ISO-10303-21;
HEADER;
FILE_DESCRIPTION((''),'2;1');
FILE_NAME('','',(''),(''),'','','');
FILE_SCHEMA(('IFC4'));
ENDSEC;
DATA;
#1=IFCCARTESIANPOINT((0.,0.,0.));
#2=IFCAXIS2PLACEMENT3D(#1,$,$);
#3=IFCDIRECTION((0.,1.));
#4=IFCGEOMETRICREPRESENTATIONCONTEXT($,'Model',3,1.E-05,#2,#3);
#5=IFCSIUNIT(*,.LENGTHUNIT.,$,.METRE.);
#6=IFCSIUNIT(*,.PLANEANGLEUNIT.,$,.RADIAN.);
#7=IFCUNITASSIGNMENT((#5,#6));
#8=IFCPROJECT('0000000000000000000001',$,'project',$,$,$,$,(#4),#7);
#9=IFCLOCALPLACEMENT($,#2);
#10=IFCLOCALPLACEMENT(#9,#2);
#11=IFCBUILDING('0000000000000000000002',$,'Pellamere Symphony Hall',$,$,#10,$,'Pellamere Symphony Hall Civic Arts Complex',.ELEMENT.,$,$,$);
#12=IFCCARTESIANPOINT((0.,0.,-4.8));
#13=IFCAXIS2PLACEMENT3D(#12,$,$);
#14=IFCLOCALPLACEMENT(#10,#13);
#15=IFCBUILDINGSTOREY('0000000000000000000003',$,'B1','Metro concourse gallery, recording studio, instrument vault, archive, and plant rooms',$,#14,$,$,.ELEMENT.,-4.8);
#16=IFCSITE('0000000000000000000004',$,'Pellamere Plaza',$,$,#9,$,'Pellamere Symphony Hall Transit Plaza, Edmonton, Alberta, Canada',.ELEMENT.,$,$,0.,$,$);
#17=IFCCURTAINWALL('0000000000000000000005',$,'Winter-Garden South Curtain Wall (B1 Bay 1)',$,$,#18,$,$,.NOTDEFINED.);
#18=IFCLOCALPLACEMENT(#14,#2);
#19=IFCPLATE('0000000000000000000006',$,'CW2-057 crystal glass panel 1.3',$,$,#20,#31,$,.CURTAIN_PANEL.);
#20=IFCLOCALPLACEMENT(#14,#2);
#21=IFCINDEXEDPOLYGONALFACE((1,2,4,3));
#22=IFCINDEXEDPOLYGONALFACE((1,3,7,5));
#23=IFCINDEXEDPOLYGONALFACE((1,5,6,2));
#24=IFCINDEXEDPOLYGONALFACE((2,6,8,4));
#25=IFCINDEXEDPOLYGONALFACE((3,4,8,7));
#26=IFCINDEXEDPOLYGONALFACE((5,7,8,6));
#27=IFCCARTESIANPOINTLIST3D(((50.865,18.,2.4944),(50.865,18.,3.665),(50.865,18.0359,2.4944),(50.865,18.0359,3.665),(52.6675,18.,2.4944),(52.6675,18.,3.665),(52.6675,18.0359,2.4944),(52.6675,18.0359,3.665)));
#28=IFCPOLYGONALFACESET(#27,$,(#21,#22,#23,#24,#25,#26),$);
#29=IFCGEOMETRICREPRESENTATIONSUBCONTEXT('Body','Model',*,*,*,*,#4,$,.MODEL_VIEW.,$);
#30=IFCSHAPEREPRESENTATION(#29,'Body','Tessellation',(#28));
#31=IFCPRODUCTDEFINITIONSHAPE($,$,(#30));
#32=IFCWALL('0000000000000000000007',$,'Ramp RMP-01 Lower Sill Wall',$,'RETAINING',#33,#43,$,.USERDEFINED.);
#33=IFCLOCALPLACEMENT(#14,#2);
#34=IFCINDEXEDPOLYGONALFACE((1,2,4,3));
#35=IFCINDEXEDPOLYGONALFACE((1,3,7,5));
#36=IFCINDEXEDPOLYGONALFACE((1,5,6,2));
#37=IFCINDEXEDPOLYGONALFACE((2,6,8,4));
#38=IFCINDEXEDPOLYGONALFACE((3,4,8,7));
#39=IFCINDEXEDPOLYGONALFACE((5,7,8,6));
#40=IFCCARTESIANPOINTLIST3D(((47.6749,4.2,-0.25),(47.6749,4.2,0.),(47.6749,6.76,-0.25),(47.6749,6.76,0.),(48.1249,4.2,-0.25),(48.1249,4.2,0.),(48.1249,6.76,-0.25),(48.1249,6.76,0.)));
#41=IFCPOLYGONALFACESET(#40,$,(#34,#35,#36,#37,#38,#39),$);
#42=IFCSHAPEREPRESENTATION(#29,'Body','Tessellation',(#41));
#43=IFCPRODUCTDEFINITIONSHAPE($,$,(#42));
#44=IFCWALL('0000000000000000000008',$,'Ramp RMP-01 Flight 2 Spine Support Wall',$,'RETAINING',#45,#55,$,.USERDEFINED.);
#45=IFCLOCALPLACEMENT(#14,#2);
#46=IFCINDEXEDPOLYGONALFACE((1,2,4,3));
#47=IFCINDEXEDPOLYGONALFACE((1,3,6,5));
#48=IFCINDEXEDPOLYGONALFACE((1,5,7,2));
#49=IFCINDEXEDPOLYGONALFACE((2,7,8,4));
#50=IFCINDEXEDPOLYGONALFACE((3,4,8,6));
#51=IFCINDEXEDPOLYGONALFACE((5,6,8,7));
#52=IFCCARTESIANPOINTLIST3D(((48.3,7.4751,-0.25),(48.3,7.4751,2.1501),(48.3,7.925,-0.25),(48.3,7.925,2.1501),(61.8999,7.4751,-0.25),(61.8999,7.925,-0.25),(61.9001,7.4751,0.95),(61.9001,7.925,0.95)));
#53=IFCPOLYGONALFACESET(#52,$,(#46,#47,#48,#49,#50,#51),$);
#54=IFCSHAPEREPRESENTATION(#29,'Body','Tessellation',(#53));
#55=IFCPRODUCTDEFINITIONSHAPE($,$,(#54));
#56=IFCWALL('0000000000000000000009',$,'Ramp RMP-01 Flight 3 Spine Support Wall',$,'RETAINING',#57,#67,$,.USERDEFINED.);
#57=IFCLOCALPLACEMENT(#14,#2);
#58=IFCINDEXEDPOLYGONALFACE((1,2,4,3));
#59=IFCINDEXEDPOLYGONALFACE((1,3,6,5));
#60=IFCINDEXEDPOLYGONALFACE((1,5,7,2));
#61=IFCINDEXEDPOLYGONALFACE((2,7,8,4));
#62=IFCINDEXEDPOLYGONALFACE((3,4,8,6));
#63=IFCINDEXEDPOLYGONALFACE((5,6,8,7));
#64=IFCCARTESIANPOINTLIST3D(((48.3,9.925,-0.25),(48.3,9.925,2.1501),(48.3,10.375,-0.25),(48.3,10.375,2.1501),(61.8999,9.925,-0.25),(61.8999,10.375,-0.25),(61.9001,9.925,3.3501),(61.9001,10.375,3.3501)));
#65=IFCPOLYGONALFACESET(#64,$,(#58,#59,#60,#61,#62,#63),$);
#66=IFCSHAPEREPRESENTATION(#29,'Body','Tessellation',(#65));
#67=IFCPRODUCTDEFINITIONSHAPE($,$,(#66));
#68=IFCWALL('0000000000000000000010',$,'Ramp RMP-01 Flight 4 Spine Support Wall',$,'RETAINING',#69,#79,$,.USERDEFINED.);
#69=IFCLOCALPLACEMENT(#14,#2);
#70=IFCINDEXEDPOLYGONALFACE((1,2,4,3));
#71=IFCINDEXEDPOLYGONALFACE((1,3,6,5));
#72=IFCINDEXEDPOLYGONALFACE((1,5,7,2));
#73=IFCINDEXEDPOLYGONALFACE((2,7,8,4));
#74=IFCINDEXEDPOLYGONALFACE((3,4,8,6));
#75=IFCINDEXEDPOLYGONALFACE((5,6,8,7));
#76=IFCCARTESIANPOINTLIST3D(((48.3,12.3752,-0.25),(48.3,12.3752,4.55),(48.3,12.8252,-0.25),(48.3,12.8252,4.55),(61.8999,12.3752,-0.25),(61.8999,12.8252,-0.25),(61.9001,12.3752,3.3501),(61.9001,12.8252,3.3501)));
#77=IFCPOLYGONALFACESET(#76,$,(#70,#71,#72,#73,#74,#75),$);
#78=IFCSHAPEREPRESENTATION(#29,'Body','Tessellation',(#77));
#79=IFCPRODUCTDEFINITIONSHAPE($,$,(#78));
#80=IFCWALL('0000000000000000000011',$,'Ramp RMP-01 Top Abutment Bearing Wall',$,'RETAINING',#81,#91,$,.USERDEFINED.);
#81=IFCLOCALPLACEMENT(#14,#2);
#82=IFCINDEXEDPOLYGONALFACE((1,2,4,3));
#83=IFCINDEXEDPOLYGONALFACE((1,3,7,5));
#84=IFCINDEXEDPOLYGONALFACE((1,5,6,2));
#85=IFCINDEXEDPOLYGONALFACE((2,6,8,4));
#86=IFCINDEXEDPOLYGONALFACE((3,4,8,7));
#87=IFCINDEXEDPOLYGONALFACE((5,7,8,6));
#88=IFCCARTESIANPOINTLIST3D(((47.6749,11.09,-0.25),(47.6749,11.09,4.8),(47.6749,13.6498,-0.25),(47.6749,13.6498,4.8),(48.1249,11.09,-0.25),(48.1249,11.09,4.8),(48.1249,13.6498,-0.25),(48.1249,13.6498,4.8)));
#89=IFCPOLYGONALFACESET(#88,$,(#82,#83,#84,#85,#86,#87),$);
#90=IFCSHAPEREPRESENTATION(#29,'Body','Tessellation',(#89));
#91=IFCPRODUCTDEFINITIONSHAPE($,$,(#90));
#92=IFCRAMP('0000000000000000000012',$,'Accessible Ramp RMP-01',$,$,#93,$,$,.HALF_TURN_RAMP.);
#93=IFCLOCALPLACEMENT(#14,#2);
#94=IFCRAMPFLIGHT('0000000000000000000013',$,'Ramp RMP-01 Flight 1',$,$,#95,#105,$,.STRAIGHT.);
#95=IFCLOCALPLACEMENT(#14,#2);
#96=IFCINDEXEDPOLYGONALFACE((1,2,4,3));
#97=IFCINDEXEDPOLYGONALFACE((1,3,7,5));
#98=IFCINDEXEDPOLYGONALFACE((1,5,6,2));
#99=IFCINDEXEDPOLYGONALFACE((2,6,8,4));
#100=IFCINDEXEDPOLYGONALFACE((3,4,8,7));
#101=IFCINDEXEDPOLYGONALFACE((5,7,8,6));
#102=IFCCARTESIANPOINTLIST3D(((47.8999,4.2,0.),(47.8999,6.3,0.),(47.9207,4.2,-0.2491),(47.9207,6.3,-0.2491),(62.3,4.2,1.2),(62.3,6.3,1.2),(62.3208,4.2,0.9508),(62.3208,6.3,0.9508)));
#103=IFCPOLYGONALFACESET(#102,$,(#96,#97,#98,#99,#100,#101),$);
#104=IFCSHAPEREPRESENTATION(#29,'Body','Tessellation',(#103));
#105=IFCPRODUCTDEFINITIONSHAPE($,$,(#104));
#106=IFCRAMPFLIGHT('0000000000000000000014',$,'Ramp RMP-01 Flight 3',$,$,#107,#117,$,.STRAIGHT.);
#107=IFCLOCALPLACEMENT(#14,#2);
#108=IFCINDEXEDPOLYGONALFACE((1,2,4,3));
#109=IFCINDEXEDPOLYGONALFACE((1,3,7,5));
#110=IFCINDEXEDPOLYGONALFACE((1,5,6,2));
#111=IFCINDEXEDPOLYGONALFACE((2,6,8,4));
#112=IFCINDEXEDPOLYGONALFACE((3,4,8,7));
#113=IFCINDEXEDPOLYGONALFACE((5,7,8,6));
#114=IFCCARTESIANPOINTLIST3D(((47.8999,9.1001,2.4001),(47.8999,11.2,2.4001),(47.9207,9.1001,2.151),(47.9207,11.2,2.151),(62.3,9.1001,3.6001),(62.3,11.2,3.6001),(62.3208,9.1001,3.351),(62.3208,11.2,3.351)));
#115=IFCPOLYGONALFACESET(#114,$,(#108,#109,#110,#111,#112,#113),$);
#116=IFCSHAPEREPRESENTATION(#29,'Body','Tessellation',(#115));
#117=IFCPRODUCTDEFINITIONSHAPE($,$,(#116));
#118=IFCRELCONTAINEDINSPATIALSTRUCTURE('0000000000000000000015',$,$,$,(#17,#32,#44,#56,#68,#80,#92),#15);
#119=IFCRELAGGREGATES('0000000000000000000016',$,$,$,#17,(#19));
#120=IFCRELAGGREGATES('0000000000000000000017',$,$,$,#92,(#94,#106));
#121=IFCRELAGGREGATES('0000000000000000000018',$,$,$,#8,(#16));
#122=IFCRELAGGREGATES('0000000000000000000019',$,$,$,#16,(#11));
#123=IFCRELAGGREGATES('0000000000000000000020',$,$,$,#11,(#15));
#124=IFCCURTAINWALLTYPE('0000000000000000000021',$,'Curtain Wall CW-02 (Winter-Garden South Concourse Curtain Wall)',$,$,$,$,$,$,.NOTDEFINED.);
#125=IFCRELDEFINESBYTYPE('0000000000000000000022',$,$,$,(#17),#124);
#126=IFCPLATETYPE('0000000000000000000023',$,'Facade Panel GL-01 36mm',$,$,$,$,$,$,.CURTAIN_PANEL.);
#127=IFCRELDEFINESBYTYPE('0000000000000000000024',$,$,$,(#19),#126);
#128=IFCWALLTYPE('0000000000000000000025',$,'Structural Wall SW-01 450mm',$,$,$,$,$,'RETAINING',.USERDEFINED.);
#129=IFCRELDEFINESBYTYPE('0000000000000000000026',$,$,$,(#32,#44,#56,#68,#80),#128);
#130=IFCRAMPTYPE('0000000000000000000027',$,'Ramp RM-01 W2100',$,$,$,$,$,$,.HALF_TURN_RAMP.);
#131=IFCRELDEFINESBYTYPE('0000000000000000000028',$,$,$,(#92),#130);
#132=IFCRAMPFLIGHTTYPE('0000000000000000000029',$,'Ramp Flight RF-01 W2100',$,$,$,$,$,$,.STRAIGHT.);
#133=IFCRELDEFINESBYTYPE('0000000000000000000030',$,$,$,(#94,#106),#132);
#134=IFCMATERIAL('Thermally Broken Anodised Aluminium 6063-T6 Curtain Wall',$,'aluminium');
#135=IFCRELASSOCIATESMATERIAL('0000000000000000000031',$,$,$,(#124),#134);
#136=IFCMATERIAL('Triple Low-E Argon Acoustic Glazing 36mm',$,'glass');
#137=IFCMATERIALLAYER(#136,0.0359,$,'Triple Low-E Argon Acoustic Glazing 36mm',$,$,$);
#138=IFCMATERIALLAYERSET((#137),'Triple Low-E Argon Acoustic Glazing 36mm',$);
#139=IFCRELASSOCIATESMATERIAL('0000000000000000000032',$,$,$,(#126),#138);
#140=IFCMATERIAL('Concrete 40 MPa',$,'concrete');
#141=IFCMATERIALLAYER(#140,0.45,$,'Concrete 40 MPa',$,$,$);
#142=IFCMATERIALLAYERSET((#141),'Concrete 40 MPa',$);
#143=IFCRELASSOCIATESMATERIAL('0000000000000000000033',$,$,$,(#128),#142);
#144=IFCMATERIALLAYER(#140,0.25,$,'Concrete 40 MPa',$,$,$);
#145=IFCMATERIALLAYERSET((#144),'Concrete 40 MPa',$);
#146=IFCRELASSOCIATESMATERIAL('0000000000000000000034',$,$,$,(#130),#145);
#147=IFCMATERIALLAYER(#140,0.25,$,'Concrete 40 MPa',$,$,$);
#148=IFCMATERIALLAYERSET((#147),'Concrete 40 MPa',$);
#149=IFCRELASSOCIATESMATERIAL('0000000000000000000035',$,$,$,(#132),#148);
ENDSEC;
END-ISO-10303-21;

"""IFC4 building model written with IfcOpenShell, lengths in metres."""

from ifc_helpers import new_model, si_unit, direction, frame, frame_2d, origin, place, context, subcontext, project, spatial, polyline, rectangle, outline, extrude, material, layer, layer_set, type_object, element, aggregate, save


model = new_model("IFC4")

# Units and contexts
model_context = context("Model", 3, precision=1e-05, world=origin(), true_north=direction((0.0, 1.0)))
body_context = subcontext(model_context, "Body", "Model", "MODEL_VIEW")
ifc_project = project(units=[si_unit("LENGTHUNIT", "METRE"), si_unit("PLANEANGLEUNIT", "RADIAN")], contexts=[model_context])

# Site, building, storey
site_placement = place(None, origin())
site = spatial("IfcSite", under=ifc_project, at=site_placement, Name="Pellamere Plaza", LongName="Pellamere Symphony Hall Transit Plaza, Edmonton, Alberta, Canada", CompositionType="ELEMENT", RefElevation=0.0)
building_placement = place(site_placement, origin())
building = spatial("IfcBuilding", under=site, at=building_placement, Name="Pellamere Symphony Hall", LongName="Pellamere Symphony Hall Civic Arts Complex", CompositionType="ELEMENT")
storey_placement = place(building_placement, frame((0.0, 0.0, -4.8)))
storey = spatial("IfcBuildingStorey", under=building, at=storey_placement, Name="B1", Description="Metro concourse gallery, recording studio, instrument vault, archive, and plant rooms", CompositionType="ELEMENT", Elevation=-4.8)

# Shared definitions
ifc_material_1 = material(Name="Concrete 40 MPa", Category="concrete")

# Curtain wall, plate
ifc_material_2 = material(Name="Thermally Broken Anodised Aluminium 6063-T6 Curtain Wall", Category="aluminium")
curtain_wall_type = type_object("IfcCurtainWallType", Name="Curtain Wall CW-02 (Winter-Garden South Concourse Curtain Wall)", PredefinedType="NOTDEFINED", material=ifc_material_2)
curtain_wall_placement = place(storey_placement, origin())
curtain_wall = element("IfcCurtainWall", 1, at=curtain_wall_placement, inside=storey, type_object=curtain_wall_type, Name="Winter-Garden South Curtain Wall (B1 Bay 1)", PredefinedType="NOTDEFINED")
ifc_material_3 = material(Name="Triple Low-E Argon Acoustic Glazing 36mm", Category="glass")
ifc_layer_1 = layer(ifc_material_3, 0.0359, Name="Triple Low-E Argon Acoustic Glazing 36mm")
ifc_layer_set_1 = layer_set([ifc_layer_1], Name="Triple Low-E Argon Acoustic Glazing 36mm")
plate_type = type_object("IfcPlateType", Name="Facade Panel GL-01 36mm", PredefinedType="CURTAIN_PANEL", material=ifc_layer_set_1)
plate_1_placement = place(storey_placement, frame((50.865, 18.0, 2.4944), z_axis=(0.0, -1.0, 0.0), x_axis=(1.0, 0.0, 0.0)))
plate_1 = element("IfcPlate", 2, at=plate_1_placement, type_object=plate_type, Name="CW2-057 crystal glass panel 1.3", PredefinedType="CURTAIN_PANEL", context=body_context, shape_type="SweptSolid", body=[
    extrude(outline(polyline([(0.0, 0.0), (1.8025, 0.0), (1.8025, 1.1707), (0.0, 1.1707), (0.0, 0.0)])), origin(), (0.0, 0.0, -1.0), 0.0359),
])
aggregate(curtain_wall, [plate_1])

# Walls
ifc_layer_2 = layer(ifc_material_1, 0.45, Name="Concrete 40 MPa")
ifc_layer_set_2 = layer_set([ifc_layer_2], Name="Concrete 40 MPa")
wall_type = type_object("IfcWallType", Name="Structural Wall SW-01 450mm", ElementType="RETAINING", PredefinedType="USERDEFINED", material=ifc_layer_set_2)
wall_1_placement = place(storey_placement, frame((47.8999, 4.2, -0.25), z_axis=(0.0, 0.0, 1.0), x_axis=(0.0, 1.0, 0.0)))
element("IfcWall", 3, at=wall_1_placement, inside=storey, type_object=wall_type, Name="Ramp RMP-01 Lower Sill Wall", ObjectType="RETAINING", PredefinedType="USERDEFINED", context=body_context, shape_type="SweptSolid", body=[
    extrude(rectangle(XDim=2.5601, YDim=0.45, at=frame_2d((1.28, 0.0))), origin(), (0.0, 0.0, 1.0), 0.25),
])
wall_2_placement = place(storey_placement, frame((48.3, 7.7, -0.25), z_axis=(0.0, 0.0, 1.0), x_axis=(1.0, 0.0, 0.0)))
element("IfcWall", 4, at=wall_2_placement, inside=storey, type_object=wall_type, Name="Ramp RMP-01 Flight 2 Spine Support Wall", ObjectType="RETAINING", PredefinedType="USERDEFINED", context=body_context, shape_type="SweptSolid", body=[
    extrude(outline(polyline([(0.0, 0.0), (13.5999, 0.0), (13.6001, 1.2), (0.0, 2.4001), (0.0, 0.0)])), frame((0.0, 0.2251, 0.0), z_axis=(0.0, -1.0, 0.0), x_axis=(1.0, 0.0, 0.0)), (0.0, 0.0, 1.0), 0.45),
])
wall_3_placement = place(storey_placement, frame((48.3, 10.1499, -0.25), z_axis=(0.0, 0.0, 1.0), x_axis=(1.0, 0.0, 0.0)))
element("IfcWall", 5, at=wall_3_placement, inside=storey, type_object=wall_type, Name="Ramp RMP-01 Flight 3 Spine Support Wall", ObjectType="RETAINING", PredefinedType="USERDEFINED", context=body_context, shape_type="SweptSolid", body=[
    extrude(outline(polyline([(0.0, 0.0), (13.5999, 0.0), (13.6001, 3.6001), (0.0, 2.4001), (0.0, 0.0)])), frame((0.0, 0.2251, 0.0), z_axis=(0.0, -1.0, 0.0), x_axis=(1.0, 0.0, 0.0)), (0.0, 0.0, 1.0), 0.45),
])
wall_4_placement = place(storey_placement, frame((48.3, 12.6001, -0.25), z_axis=(0.0, 0.0, 1.0), x_axis=(1.0, 0.0, 0.0)))
element("IfcWall", 6, at=wall_4_placement, inside=storey, type_object=wall_type, Name="Ramp RMP-01 Flight 4 Spine Support Wall", ObjectType="RETAINING", PredefinedType="USERDEFINED", context=body_context, shape_type="SweptSolid", body=[
    extrude(outline(polyline([(0.0, 0.0), (13.5999, 0.0), (13.6001, 3.6001), (0.0, 4.8), (0.0, 0.0)])), frame((0.0, 0.2251, 0.0), z_axis=(0.0, -1.0, 0.0), x_axis=(1.0, 0.0, 0.0)), (0.0, 0.0, 1.0), 0.45),
])
wall_5_placement = place(storey_placement, frame((47.8999, 11.0901, -0.25), z_axis=(0.0, 0.0, 1.0), x_axis=(0.0, 1.0, 0.0)))
element("IfcWall", 7, at=wall_5_placement, inside=storey, type_object=wall_type, Name="Ramp RMP-01 Top Abutment Bearing Wall", ObjectType="RETAINING", PredefinedType="USERDEFINED", context=body_context, shape_type="SweptSolid", body=[
    extrude(rectangle(XDim=2.5598, YDim=0.45, at=frame_2d((1.2798, 0.0))), origin(), (0.0, 0.0, 1.0), 5.05),
])

# Ramp, ramp flights
ifc_layer_3 = layer(ifc_material_1, 0.25, Name="Concrete 40 MPa")
ifc_layer_set_3 = layer_set([ifc_layer_3], Name="Concrete 40 MPa")
ramp_type = type_object("IfcRampType", Name="Ramp RM-01 W2100", PredefinedType="HALF_TURN_RAMP", material=ifc_layer_set_3)
ramp_placement = place(storey_placement, origin())
ramp = element("IfcRamp", 8, at=ramp_placement, inside=storey, type_object=ramp_type, Name="Accessible Ramp RMP-01", PredefinedType="HALF_TURN_RAMP")
ifc_layer_4 = layer(ifc_material_1, 0.25, Name="Concrete 40 MPa")
ifc_layer_set_4 = layer_set([ifc_layer_4], Name="Concrete 40 MPa")
ramp_flight_type = type_object("IfcRampFlightType", Name="Ramp Flight RF-01 W2100", PredefinedType="STRAIGHT", material=ifc_layer_set_4)
ramp_flight_1_placement = place(storey_placement, frame((47.8999, 4.2, 0.0), z_axis=(-0.083041, 0.0, 0.996546), x_axis=(0.996546, 0.0, 0.083041)))
ramp_flight_1 = element("IfcRampFlight", 9, at=ramp_flight_1_placement, type_object=ramp_flight_type, Name="Ramp RMP-01 Flight 1", PredefinedType="STRAIGHT", context=body_context, shape_type="SweptSolid", body=[
    extrude(outline(polyline([(0.0, 0.0), (14.4501, 0.0), (14.4501, 2.1001), (0.0, 2.1001), (0.0, 0.0)])), origin(), (0.0, 0.0, -1.0), 0.25),
])
ramp_flight_2_placement = place(storey_placement, frame((47.8999, 9.1001, 2.4001), z_axis=(-0.083041, 0.0, 0.996546), x_axis=(0.996546, 0.0, 0.083041)))
ramp_flight_2 = element("IfcRampFlight", 10, at=ramp_flight_2_placement, type_object=ramp_flight_type, Name="Ramp RMP-01 Flight 3", PredefinedType="STRAIGHT", context=body_context, shape_type="SweptSolid", body=[
    extrude(outline(polyline([(0.0, 0.0), (14.4501, 0.0), (14.4501, 2.0999), (0.0, 2.0999), (0.0, 0.0)])), origin(), (0.0, 0.0, -1.0), 0.25),
])
aggregate(ramp, [ramp_flight_1, ramp_flight_2])

save(model, "model.ifc")
